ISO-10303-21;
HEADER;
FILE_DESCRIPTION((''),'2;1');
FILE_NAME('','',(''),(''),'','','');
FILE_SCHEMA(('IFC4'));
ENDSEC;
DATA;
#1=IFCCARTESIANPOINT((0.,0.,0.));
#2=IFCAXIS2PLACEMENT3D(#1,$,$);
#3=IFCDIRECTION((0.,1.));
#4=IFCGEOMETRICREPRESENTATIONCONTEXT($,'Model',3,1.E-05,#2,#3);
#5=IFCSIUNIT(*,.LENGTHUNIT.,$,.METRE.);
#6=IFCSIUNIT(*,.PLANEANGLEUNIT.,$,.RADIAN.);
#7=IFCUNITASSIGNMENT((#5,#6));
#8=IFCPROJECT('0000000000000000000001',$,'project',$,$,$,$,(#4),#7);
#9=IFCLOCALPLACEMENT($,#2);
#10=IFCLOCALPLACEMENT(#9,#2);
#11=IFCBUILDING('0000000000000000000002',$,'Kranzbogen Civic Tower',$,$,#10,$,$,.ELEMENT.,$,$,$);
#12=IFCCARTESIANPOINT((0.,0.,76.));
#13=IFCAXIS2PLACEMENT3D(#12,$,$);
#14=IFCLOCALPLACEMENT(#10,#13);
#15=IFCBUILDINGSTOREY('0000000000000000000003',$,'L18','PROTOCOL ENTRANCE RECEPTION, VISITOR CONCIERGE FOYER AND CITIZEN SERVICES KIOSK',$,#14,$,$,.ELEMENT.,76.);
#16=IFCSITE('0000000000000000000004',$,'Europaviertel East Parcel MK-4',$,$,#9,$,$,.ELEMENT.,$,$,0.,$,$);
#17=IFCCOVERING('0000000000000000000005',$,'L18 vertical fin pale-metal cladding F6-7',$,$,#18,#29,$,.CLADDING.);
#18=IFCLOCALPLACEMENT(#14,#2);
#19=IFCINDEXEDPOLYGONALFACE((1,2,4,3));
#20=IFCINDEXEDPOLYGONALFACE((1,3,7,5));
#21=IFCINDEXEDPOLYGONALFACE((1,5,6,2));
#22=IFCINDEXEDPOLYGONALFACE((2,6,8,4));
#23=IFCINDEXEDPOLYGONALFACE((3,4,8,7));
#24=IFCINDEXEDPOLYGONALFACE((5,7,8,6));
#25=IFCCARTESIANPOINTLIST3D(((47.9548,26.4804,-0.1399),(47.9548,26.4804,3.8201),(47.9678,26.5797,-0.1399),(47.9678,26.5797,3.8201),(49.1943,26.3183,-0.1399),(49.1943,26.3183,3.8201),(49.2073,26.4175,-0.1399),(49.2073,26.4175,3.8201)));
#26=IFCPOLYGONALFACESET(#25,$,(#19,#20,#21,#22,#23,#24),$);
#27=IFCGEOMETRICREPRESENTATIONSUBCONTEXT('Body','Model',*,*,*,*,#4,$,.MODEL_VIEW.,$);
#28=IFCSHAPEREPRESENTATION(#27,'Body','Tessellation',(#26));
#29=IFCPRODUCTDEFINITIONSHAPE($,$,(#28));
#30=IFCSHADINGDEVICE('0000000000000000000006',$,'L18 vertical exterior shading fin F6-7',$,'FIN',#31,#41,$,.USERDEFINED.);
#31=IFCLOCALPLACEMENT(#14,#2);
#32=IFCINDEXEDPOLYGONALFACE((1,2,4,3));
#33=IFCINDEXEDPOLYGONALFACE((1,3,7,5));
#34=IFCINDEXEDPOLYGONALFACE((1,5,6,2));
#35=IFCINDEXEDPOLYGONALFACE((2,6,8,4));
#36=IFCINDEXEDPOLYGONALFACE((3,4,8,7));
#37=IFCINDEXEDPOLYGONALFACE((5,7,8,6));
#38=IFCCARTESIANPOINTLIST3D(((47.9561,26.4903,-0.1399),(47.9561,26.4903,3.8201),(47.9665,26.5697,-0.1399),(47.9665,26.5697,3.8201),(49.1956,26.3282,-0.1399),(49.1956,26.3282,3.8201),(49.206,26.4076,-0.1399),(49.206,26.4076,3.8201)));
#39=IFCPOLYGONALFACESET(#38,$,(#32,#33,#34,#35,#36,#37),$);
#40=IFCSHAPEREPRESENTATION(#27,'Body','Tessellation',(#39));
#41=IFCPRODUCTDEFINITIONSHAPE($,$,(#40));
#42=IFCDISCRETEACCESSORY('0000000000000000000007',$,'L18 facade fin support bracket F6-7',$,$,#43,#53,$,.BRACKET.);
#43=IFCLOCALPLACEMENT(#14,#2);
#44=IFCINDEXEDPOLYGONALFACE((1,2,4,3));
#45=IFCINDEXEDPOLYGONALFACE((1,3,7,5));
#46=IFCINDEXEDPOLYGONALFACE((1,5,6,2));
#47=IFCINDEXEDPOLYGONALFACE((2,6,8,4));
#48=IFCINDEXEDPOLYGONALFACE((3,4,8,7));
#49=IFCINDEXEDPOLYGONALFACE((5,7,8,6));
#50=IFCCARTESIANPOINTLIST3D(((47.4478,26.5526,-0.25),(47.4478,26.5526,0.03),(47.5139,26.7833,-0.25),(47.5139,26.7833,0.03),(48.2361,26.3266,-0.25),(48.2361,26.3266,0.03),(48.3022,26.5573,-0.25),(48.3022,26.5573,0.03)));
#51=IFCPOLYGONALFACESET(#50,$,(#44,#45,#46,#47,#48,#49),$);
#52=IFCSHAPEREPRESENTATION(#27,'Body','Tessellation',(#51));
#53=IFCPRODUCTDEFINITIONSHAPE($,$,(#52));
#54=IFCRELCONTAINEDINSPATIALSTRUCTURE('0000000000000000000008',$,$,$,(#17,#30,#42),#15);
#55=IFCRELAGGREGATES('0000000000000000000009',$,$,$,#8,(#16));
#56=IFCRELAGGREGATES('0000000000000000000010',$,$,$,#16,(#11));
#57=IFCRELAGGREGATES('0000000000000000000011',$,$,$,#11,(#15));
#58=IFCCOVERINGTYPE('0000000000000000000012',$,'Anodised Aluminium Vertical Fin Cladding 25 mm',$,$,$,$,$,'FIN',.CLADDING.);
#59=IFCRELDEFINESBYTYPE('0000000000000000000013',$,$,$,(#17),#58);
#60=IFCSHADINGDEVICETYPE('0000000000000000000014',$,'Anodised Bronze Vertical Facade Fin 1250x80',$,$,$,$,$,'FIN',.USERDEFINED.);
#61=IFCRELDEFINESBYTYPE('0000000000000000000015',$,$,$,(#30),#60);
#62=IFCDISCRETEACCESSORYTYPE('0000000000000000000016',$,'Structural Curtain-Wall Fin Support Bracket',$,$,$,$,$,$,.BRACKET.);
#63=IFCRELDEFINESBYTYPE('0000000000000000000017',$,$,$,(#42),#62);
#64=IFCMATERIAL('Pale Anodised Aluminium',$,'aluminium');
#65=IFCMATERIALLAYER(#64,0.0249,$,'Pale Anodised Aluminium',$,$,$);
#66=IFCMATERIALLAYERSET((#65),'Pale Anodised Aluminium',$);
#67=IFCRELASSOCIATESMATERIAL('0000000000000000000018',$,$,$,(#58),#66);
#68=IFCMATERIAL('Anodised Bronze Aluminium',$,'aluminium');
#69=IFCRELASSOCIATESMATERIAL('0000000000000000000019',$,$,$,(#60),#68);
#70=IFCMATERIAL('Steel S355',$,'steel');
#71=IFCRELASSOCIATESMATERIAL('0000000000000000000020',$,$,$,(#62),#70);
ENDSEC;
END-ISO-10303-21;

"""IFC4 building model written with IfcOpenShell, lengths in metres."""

from ifc_helpers import new_model, si_unit, direction, frame, origin, origin_2d, place, context, subcontext, project, spatial, rectangle, extrude, material, layer, layer_set, type_object, element, save


model = new_model("IFC4")

# Units and contexts
model_context = context("Model", 3, precision=1e-05, world=origin(), true_north=direction((0.0, 1.0)))
body_context = subcontext(model_context, "Body", "Model", "MODEL_VIEW")
ifc_project = project(units=[si_unit("LENGTHUNIT", "METRE"), si_unit("PLANEANGLEUNIT", "RADIAN")], contexts=[model_context])

# Site, building, storey
site_placement = place(None, origin())
site = spatial("IfcSite", under=ifc_project, at=site_placement, Name="Europaviertel East Parcel MK-4", CompositionType="ELEMENT", RefElevation=0.0)
building_placement = place(site_placement, origin())
building = spatial("IfcBuilding", under=site, at=building_placement, Name="Kranzbogen Civic Tower", CompositionType="ELEMENT")
storey_placement = place(building_placement, frame((0.0, 0.0, 76.0)))
storey = spatial("IfcBuildingStorey", under=building, at=storey_placement, Name="L18", Description="PROTOCOL ENTRANCE RECEPTION, VISITOR CONCIERGE FOYER AND CITIZEN SERVICES KIOSK", CompositionType="ELEMENT", Elevation=76.0)

# Shared definitions
ifc_material_1 = material(Name="Steel S355", Category="steel")

# Shared definitions
ifc_material_2 = material(Name="Pale Anodised Aluminium", Category="aluminium")

# Covering
ifc_layer_1 = layer(ifc_material_2, 0.0249, Name="Pale Anodised Aluminium")
ifc_layer_set_1 = layer_set([ifc_layer_1], Name="Pale Anodised Aluminium")
covering_type = type_object("IfcCoveringType", Name="Anodised Aluminium Vertical Fin Cladding 25 mm", ElementType="FIN", PredefinedType="CLADDING", material=ifc_layer_set_1)
covering_placement = place(storey_placement, frame((48.5811, 26.449, -0.1399), z_axis=(0.0, 0.0, 1.0), x_axis=(0.991554, -0.129696, 0.0)))
element("IfcCovering", 1, at=covering_placement, inside=storey, type_object=covering_type, Name="L18 vertical fin pale-metal cladding F6-7", PredefinedType="CLADDING", context=body_context, shape_type="SweptSolid", body=[
    extrude(rectangle(XDim=1.25, YDim=0.1001, at=origin_2d()), origin(), (0.0, 0.0, 1.0), 3.96),
])

# Shading device
ifc_material_3 = material(Name="Anodised Bronze Aluminium", Category="aluminium")
shading_device_type = type_object("IfcShadingDeviceType", Name="Anodised Bronze Vertical Facade Fin 1250x80", ElementType="FIN", PredefinedType="USERDEFINED", material=ifc_material_3)
shading_device_placement = place(storey_placement, frame((48.5811, 26.449, -0.1399), z_axis=(0.0, 0.0, 1.0), x_axis=(0.991554, -0.129696, 0.0)))
element("IfcShadingDevice", 2, at=shading_device_placement, inside=storey, type_object=shading_device_type, Name="L18 vertical exterior shading fin F6-7", ObjectType="FIN", PredefinedType="USERDEFINED", context=body_context, shape_type="SweptSolid", body=[
    extrude(rectangle(XDim=1.25, YDim=0.0801, at=origin_2d()), origin(), (0.0, 0.0, 1.0), 3.96),
])

# Discrete accessory
discrete_accessory_type = type_object("IfcDiscreteAccessoryType", Name="Structural Curtain-Wall Fin Support Bracket", PredefinedType="BRACKET", material=ifc_material_1)
discrete_accessory_placement = place(storey_placement, frame((47.875, 26.5549, -0.25), z_axis=(0.0, 0.0, 1.0), x_axis=(0.961262, -0.275637, 0.0)))
element("IfcDiscreteAccessory", 3, at=discrete_accessory_placement, inside=storey, type_object=discrete_accessory_type, Name="L18 facade fin support bracket F6-7", PredefinedType="BRACKET", context=body_context, shape_type="SweptSolid", body=[
    extrude(rectangle(XDim=0.8201, YDim=0.24, at=origin_2d()), origin(), (0.0, 0.0, 1.0), 0.28),
])

save(model, "model.ifc")
